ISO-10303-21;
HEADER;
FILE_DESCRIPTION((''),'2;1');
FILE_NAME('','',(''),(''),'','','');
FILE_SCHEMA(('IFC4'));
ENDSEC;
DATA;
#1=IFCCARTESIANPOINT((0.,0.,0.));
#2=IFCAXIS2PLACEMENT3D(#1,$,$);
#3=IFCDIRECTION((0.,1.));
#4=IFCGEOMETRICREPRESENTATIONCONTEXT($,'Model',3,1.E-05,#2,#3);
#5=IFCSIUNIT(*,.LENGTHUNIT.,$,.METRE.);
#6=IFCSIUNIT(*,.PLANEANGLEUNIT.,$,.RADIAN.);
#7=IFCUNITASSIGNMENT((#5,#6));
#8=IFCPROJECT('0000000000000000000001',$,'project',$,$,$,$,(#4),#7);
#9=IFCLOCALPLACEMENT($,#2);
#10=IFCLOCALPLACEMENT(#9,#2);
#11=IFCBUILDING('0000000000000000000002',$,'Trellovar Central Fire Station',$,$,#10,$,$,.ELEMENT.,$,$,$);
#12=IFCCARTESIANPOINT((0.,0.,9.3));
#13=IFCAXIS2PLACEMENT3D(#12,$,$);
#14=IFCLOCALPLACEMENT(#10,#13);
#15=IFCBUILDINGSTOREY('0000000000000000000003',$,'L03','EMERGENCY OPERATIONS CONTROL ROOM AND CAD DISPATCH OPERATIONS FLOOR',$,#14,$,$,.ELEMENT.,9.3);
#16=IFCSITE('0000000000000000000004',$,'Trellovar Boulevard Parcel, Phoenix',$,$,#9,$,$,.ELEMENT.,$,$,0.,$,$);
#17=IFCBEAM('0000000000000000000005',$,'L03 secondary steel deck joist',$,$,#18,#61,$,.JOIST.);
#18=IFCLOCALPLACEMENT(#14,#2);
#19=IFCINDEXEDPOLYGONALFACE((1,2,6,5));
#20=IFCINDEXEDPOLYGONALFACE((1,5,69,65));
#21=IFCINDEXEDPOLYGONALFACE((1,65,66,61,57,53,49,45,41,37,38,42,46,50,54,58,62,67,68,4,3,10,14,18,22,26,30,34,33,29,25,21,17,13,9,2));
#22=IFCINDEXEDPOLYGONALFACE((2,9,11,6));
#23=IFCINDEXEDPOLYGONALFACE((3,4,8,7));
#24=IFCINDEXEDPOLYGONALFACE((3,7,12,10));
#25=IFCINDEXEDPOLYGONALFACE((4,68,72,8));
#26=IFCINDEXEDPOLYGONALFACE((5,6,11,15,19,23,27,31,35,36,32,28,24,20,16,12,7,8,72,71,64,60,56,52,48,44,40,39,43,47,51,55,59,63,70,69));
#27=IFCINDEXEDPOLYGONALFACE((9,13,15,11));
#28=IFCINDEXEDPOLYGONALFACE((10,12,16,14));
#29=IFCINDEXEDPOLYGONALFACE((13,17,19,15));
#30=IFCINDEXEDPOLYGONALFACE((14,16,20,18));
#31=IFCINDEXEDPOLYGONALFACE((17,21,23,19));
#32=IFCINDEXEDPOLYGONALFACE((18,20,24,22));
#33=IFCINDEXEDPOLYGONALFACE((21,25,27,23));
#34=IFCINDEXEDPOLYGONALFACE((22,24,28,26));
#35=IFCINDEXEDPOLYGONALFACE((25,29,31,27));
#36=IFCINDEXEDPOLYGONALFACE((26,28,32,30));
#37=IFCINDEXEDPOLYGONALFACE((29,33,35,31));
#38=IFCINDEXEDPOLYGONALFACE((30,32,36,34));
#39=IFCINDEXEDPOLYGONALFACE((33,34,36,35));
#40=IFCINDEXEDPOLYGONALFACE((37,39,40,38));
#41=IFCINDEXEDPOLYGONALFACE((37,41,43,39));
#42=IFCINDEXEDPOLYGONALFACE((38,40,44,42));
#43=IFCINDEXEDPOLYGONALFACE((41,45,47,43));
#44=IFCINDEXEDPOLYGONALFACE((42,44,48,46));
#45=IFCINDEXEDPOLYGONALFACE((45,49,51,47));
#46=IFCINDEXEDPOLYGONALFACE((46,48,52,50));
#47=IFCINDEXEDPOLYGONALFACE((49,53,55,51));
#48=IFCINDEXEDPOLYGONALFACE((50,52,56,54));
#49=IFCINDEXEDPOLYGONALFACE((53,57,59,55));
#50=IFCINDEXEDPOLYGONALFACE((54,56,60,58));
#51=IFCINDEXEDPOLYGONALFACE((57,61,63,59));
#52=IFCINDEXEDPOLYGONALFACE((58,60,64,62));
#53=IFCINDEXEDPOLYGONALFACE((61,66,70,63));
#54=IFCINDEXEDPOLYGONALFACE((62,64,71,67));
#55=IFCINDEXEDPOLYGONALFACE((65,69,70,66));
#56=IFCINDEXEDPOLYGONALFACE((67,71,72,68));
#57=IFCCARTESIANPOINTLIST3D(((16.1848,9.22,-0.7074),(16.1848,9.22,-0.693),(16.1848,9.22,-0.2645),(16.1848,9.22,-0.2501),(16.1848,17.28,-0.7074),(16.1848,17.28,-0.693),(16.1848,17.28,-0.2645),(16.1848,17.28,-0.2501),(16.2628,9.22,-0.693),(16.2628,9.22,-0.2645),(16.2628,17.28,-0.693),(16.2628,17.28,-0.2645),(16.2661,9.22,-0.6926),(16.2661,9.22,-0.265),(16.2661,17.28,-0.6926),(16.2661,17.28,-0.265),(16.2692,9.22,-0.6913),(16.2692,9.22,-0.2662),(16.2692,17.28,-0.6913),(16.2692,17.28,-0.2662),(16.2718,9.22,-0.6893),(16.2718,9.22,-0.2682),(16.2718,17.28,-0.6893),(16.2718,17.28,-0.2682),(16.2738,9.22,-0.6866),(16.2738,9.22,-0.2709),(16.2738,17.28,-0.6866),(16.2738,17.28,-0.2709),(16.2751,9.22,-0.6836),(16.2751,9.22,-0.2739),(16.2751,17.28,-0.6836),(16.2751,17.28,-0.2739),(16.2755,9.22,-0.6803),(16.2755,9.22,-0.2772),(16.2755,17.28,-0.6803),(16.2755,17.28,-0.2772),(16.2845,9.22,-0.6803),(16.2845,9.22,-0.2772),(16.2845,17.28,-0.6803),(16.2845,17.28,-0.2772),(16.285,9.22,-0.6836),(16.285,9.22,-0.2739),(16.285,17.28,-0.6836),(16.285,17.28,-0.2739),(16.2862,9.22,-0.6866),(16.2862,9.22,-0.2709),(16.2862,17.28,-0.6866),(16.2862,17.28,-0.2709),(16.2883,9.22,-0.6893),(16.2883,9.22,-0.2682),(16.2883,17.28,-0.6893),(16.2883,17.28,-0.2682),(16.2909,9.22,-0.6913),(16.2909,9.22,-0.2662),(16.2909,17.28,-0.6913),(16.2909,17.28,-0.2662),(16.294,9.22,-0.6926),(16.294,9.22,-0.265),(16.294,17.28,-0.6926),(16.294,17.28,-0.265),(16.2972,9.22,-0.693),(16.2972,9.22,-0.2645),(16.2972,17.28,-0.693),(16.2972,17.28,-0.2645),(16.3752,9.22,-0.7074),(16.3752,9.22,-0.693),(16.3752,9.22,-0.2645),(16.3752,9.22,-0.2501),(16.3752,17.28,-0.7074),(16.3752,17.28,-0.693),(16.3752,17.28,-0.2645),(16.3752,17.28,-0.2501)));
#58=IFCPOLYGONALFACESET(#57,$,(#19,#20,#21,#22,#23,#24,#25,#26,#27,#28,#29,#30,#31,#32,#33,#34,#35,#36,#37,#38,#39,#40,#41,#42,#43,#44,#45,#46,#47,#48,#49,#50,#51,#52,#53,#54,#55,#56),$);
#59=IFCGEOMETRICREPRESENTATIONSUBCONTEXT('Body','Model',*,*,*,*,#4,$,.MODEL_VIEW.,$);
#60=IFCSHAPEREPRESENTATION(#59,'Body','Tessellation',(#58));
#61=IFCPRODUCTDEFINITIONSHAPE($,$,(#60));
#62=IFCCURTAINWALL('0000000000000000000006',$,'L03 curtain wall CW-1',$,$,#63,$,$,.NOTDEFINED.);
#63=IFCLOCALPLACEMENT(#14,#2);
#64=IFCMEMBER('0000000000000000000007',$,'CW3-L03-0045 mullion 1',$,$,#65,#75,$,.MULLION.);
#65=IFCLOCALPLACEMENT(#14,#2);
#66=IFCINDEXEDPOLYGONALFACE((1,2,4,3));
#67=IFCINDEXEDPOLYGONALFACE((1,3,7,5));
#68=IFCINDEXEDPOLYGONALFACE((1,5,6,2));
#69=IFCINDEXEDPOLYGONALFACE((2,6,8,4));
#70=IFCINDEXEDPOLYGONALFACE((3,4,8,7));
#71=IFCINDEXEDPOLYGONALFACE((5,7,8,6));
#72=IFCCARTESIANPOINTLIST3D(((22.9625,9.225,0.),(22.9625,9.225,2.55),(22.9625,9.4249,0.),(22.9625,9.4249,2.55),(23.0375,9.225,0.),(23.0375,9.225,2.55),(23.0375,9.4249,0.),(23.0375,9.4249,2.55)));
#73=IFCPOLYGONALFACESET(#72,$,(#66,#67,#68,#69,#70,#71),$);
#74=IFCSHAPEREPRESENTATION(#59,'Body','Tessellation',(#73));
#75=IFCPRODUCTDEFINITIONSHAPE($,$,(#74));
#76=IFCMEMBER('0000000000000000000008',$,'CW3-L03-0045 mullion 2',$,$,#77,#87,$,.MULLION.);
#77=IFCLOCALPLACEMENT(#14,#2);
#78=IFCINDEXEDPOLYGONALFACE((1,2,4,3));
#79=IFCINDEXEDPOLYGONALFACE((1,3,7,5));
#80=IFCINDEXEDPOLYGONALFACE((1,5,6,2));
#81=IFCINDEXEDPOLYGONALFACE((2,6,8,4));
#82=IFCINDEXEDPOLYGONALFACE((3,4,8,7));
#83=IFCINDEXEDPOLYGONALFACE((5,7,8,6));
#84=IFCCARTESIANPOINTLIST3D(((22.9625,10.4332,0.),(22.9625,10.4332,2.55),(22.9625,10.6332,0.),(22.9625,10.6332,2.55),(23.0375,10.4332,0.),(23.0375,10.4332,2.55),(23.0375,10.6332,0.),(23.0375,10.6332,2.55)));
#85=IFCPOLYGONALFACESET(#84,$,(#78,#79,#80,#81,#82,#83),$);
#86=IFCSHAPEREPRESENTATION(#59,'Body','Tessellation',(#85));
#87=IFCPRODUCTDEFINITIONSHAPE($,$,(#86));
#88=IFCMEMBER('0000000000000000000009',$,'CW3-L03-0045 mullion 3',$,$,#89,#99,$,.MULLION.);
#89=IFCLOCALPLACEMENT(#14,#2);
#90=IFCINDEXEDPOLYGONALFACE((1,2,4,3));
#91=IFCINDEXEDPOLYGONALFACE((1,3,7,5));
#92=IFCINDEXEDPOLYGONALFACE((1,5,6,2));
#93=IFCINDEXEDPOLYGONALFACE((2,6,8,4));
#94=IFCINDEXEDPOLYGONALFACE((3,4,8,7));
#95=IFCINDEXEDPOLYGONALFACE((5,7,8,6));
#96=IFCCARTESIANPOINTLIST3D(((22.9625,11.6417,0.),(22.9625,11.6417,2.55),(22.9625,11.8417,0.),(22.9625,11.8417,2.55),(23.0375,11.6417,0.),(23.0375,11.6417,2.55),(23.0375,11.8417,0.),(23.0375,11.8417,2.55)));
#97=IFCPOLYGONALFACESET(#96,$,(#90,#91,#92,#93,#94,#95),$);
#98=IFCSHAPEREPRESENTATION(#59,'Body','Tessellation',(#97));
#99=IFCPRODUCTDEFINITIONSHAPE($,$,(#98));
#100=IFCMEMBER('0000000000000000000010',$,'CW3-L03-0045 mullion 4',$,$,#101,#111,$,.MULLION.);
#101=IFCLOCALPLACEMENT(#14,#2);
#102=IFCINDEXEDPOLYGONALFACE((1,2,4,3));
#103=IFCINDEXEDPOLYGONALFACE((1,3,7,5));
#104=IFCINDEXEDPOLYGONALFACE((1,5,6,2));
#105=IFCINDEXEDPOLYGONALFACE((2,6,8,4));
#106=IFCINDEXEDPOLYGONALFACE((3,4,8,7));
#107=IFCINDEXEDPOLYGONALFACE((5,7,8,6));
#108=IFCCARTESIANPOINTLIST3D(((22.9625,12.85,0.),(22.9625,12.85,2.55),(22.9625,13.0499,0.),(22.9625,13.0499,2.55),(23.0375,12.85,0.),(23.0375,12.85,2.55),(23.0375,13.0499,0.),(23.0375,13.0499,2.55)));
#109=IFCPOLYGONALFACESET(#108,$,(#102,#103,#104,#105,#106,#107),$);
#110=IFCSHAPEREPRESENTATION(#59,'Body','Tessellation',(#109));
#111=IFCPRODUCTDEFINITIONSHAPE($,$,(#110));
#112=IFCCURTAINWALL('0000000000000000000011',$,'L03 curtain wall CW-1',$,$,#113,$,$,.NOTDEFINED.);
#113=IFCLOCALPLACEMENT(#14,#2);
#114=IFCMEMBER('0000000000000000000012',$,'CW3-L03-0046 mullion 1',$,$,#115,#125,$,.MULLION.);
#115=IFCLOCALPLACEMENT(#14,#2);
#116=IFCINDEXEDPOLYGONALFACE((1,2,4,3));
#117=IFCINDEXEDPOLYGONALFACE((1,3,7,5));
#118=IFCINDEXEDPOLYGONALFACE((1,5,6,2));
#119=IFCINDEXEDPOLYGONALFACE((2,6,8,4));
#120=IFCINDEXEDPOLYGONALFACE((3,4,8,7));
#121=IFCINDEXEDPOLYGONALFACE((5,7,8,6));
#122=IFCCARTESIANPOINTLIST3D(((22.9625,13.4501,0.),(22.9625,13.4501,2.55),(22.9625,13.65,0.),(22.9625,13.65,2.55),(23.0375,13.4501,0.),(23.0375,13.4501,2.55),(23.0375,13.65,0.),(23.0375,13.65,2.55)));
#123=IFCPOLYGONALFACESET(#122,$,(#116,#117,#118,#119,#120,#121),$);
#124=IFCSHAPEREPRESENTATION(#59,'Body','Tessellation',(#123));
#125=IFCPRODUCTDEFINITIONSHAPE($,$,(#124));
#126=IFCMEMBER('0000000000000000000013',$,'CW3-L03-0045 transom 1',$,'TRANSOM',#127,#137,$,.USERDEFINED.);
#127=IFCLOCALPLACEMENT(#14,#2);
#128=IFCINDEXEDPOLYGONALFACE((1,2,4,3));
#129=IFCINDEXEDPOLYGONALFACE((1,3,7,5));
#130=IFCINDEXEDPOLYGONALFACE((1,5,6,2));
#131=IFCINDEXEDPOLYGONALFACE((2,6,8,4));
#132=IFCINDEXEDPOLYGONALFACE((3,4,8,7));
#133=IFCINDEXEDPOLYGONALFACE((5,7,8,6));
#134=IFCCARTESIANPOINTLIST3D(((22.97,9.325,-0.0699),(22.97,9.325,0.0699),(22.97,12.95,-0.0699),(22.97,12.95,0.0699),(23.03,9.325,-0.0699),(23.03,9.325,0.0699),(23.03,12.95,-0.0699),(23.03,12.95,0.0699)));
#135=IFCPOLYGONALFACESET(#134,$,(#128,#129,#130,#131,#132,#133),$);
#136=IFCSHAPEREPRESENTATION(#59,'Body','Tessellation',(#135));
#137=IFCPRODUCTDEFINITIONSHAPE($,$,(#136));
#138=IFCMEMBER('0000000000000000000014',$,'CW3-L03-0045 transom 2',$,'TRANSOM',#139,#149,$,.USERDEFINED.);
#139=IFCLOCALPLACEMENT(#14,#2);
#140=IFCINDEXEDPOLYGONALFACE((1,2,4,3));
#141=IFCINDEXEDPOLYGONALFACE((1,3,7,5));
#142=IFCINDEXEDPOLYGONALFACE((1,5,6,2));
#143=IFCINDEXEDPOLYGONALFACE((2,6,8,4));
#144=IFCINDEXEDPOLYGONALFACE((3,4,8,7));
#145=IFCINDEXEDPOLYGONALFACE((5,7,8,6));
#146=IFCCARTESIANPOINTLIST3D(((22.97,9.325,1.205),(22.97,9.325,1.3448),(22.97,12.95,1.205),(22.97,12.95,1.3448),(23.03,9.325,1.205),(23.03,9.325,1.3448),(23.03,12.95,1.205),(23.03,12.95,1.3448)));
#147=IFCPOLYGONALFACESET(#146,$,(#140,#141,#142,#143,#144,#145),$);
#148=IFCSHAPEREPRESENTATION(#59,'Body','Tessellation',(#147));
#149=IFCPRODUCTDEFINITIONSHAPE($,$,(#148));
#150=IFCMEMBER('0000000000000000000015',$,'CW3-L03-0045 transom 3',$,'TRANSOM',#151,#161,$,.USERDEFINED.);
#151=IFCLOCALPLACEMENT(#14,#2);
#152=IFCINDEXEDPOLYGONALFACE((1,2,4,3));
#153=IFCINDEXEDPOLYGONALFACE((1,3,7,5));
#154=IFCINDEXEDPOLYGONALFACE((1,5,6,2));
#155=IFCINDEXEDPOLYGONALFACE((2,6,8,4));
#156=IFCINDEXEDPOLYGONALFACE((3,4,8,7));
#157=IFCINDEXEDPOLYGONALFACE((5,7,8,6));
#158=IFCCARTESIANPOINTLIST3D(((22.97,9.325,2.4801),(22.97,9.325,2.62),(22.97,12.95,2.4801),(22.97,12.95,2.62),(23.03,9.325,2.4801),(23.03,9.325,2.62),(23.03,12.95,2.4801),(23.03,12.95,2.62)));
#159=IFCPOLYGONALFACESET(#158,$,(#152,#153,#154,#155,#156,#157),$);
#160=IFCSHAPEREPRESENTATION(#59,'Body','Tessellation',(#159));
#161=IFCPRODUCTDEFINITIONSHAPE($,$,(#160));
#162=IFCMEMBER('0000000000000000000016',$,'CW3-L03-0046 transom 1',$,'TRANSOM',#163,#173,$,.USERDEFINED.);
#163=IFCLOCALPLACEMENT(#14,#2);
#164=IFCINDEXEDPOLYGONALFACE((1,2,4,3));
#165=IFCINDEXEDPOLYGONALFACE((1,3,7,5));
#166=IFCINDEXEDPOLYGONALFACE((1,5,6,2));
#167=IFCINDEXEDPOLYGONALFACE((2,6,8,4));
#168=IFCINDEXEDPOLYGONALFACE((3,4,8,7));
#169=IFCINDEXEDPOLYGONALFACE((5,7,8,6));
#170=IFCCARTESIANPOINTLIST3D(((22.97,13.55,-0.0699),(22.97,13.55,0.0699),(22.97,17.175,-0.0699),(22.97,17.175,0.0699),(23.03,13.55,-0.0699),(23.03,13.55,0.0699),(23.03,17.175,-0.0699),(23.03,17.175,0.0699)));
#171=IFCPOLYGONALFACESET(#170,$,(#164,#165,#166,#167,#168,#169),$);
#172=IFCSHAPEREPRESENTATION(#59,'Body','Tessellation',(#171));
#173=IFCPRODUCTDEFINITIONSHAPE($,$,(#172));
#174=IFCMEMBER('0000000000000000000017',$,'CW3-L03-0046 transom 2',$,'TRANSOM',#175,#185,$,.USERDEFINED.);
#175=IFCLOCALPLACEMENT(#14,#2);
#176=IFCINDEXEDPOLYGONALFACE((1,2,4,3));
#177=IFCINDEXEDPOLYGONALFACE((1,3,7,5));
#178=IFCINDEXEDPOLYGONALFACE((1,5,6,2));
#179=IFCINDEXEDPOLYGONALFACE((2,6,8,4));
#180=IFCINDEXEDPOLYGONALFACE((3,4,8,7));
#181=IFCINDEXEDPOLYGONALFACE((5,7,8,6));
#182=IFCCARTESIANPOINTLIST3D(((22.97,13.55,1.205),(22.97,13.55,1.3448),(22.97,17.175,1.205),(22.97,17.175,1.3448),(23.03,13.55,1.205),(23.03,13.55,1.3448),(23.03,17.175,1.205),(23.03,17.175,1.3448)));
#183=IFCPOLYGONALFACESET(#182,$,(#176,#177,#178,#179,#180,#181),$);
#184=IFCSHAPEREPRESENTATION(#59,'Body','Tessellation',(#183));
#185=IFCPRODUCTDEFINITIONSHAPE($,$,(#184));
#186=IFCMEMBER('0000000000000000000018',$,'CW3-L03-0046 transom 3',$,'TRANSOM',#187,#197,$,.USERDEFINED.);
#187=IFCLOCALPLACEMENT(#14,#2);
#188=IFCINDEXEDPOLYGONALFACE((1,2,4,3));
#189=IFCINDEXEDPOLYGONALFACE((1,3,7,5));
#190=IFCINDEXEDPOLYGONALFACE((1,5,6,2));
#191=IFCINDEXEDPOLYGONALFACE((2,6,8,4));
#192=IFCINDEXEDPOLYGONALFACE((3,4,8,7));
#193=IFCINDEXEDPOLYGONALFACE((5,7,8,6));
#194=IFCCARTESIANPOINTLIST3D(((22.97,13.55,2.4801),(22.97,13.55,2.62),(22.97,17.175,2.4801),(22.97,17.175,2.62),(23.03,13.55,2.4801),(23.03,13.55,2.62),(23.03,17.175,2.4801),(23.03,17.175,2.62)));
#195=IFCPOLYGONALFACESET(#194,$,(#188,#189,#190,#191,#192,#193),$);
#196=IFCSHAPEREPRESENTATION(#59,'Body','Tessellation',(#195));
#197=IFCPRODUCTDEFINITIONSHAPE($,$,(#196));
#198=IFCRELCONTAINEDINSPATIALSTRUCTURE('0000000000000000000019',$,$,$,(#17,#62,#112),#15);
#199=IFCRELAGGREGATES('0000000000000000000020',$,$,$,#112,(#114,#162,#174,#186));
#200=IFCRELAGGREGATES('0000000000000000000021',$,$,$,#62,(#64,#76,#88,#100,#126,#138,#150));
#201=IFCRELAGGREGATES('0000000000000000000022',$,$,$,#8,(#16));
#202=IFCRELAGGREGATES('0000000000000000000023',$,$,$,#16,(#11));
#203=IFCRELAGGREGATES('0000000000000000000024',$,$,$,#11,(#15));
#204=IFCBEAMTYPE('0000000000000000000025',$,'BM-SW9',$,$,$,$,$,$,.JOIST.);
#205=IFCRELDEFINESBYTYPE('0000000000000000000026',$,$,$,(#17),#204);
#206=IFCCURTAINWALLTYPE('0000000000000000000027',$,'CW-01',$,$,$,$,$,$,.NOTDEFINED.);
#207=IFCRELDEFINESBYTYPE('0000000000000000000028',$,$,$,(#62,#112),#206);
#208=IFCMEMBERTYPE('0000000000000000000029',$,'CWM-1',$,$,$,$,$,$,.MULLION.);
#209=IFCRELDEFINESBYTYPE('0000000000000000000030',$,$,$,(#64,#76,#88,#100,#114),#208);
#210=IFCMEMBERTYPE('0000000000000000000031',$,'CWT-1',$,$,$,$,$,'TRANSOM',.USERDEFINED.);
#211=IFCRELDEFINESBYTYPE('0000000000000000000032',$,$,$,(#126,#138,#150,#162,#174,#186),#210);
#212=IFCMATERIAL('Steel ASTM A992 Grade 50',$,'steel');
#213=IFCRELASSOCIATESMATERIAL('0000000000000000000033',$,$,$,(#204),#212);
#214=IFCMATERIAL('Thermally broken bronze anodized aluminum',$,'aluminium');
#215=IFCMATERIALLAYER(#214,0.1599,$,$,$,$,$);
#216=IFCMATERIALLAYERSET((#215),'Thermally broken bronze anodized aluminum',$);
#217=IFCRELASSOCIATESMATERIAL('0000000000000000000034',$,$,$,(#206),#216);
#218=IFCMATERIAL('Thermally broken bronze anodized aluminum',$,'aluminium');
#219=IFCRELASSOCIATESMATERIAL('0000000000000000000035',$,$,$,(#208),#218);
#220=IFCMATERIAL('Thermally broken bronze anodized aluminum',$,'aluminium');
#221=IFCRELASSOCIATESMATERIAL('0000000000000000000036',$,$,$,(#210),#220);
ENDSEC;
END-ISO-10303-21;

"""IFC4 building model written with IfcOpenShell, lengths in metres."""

from ifc_helpers import new_model, si_unit, direction, frame, origin, origin_2d, place, context, subcontext, project, spatial, rectangle, i_section, extrude, material, layer, layer_set, material_profile, profile_set, type_object, element, aggregate, save


model = new_model("IFC4")

# Units and contexts
model_context = context("Model", 3, precision=1e-05, world=origin(), true_north=direction((0.0, 1.0)))
body_context = subcontext(model_context, "Body", "Model", "MODEL_VIEW")
ifc_project = project(units=[si_unit("LENGTHUNIT", "METRE"), si_unit("PLANEANGLEUNIT", "RADIAN")], contexts=[model_context])

# Site, building, storey
site_placement = place(None, origin())
site = spatial("IfcSite", under=ifc_project, at=site_placement, Name="Trellovar Boulevard Parcel, Phoenix", CompositionType="ELEMENT", RefElevation=0.0)
building_placement = place(site_placement, origin())
building = spatial("IfcBuilding", under=site, at=building_placement, Name="Trellovar Central Fire Station", CompositionType="ELEMENT")
storey_placement = place(building_placement, frame((0.0, 0.0, 9.3)))
storey = spatial("IfcBuildingStorey", under=building, at=storey_placement, Name="L03", Description="EMERGENCY OPERATIONS CONTROL ROOM AND CAD DISPATCH OPERATIONS FLOOR", CompositionType="ELEMENT", Elevation=9.3)

# Beam
ifc_material_1 = material(Name="Steel ASTM A992 Grade 50", Category="steel")
ifc_material_profile_1 = material_profile(ifc_material_1, i_section(OverallWidth=0.1904, OverallDepth=0.4573, WebThickness=0.009, FlangeThickness=0.0144, FilletRadius=0.0127, at=origin_2d()), Name="W18X50")
ifc_profile_set_1 = profile_set([ifc_material_profile_1], Name="Steel ASTM A992 Grade 50")
beam_type_1 = type_object("IfcBeamType", Name="BM-SW9", PredefinedType="JOIST", material=ifc_profile_set_1)
beam_1_placement = place(storey_placement, frame((16.28, 9.22, -0.4788), z_axis=(0.0, 1.0, 0.0), x_axis=(-1.0, 0.0, 0.0)))
element("IfcBeam", 1, at=beam_1_placement, inside=storey, type_object=beam_type_1, Name="L03 secondary steel deck joist", PredefinedType="JOIST", context=body_context, shape_type="SweptSolid", body=[
    extrude(i_section(OverallWidth=0.1904, OverallDepth=0.4573, WebThickness=0.009, FlangeThickness=0.0144, FilletRadius=0.0127, at=origin_2d()), origin(), (0.0, 0.0, 1.0), 8.0601),
])

# Curtain wall, members
ifc_material_2 = material(Name="Thermally broken bronze anodized aluminum", Category="aluminium")
ifc_layer_1 = layer(ifc_material_2, 0.1599)
ifc_layer_set_1 = layer_set([ifc_layer_1], Name="Thermally broken bronze anodized aluminum")
curtain_wall_type = type_object("IfcCurtainWallType", Name="CW-01", PredefinedType="NOTDEFINED", material=ifc_layer_set_1)
curtain_wall_1_placement = place(storey_placement, origin())
curtain_wall_1 = element("IfcCurtainWall", 2, at=curtain_wall_1_placement, inside=storey, type_object=curtain_wall_type, Name="L03 curtain wall CW-1", PredefinedType="NOTDEFINED")
ifc_material_3 = material(Name="Thermally broken bronze anodized aluminum", Category="aluminium")
ifc_material_profile_2 = material_profile(ifc_material_3, rectangle(XDim=0.075, YDim=0.2, at=origin_2d()), Name="ALU75X200")
ifc_profile_set_2 = profile_set([ifc_material_profile_2], Name="Thermally broken bronze anodized aluminum")
member_type_1 = type_object("IfcMemberType", Name="CWM-1", PredefinedType="MULLION", material=ifc_profile_set_2)
member_1_placement = place(storey_placement, frame((23.0, 9.325, 0.0), z_axis=(0.0, 0.0, 1.0), x_axis=(1.0, 0.0, 0.0)))
member_1 = element("IfcMember", 3, at=member_1_placement, type_object=member_type_1, Name="CW3-L03-0045 mullion 1", PredefinedType="MULLION", context=body_context, shape_type="SweptSolid", body=[
    extrude(rectangle(XDim=0.075, YDim=0.2, at=origin_2d()), origin(), (0.0, 0.0, 1.0), 2.55),
])
member_2_placement = place(storey_placement, frame((23.0, 10.5332, 0.0), z_axis=(0.0, 0.0, 1.0), x_axis=(1.0, 0.0, 0.0)))
member_2 = element("IfcMember", 4, at=member_2_placement, type_object=member_type_1, Name="CW3-L03-0045 mullion 2", PredefinedType="MULLION", context=body_context, shape_type="SweptSolid", body=[
    extrude(rectangle(XDim=0.075, YDim=0.2, at=origin_2d()), origin(), (0.0, 0.0, 1.0), 2.55),
])
member_3_placement = place(storey_placement, frame((23.0, 11.7417, 0.0), z_axis=(0.0, 0.0, 1.0), x_axis=(1.0, 0.0, 0.0)))
member_3 = element("IfcMember", 5, at=member_3_placement, type_object=member_type_1, Name="CW3-L03-0045 mullion 3", PredefinedType="MULLION", context=body_context, shape_type="SweptSolid", body=[
    extrude(rectangle(XDim=0.075, YDim=0.2, at=origin_2d()), origin(), (0.0, 0.0, 1.0), 2.55),
])
member_4_placement = place(storey_placement, frame((23.0, 12.95, 0.0), z_axis=(0.0, 0.0, 1.0), x_axis=(1.0, 0.0, 0.0)))
member_4 = element("IfcMember", 6, at=member_4_placement, type_object=member_type_1, Name="CW3-L03-0045 mullion 4", PredefinedType="MULLION", context=body_context, shape_type="SweptSolid", body=[
    extrude(rectangle(XDim=0.075, YDim=0.2, at=origin_2d()), origin(), (0.0, 0.0, 1.0), 2.55),
])

# Curtain wall, member
curtain_wall_2_placement = place(storey_placement, origin())
curtain_wall_2 = element("IfcCurtainWall", 7, at=curtain_wall_2_placement, inside=storey, type_object=curtain_wall_type, Name="L03 curtain wall CW-1", PredefinedType="NOTDEFINED")
member_5_placement = place(storey_placement, frame((23.0, 13.55, 0.0), z_axis=(0.0, 0.0, 1.0), x_axis=(1.0, 0.0, 0.0)))
member_5 = element("IfcMember", 8, at=member_5_placement, type_object=member_type_1, Name="CW3-L03-0046 mullion 1", PredefinedType="MULLION", context=body_context, shape_type="SweptSolid", body=[
    extrude(rectangle(XDim=0.075, YDim=0.2, at=origin_2d()), origin(), (0.0, 0.0, 1.0), 2.55),
])

# Members
ifc_material_4 = material(Name="Thermally broken bronze anodized aluminum", Category="aluminium")
ifc_material_profile_3 = material_profile(ifc_material_4, rectangle(XDim=0.0601, YDim=0.1399, at=origin_2d()), Name="ALU60X140")
ifc_profile_set_3 = profile_set([ifc_material_profile_3], Name="Thermally broken bronze anodized aluminum")
member_type_2 = type_object("IfcMemberType", Name="CWT-1", ElementType="TRANSOM", PredefinedType="USERDEFINED", material=ifc_profile_set_3)
member_6_placement = place(storey_placement, frame((23.0, 9.325, 0.0), z_axis=(0.0, 1.0, 0.0), x_axis=(-1.0, 0.0, 0.0)))
member_6 = element("IfcMember", 9, at=member_6_placement, type_object=member_type_2, Name="CW3-L03-0045 transom 1", ObjectType="TRANSOM", PredefinedType="USERDEFINED", context=body_context, shape_type="SweptSolid", body=[
    extrude(rectangle(XDim=0.0601, YDim=0.1399, at=origin_2d()), origin(), (0.0, 0.0, 1.0), 3.625),
])
member_7_placement = place(storey_placement, frame((23.0, 9.325, 1.2749), z_axis=(0.0, 1.0, 0.0), x_axis=(-1.0, 0.0, 0.0)))
member_7 = element("IfcMember", 10, at=member_7_placement, type_object=member_type_2, Name="CW3-L03-0045 transom 2", ObjectType="TRANSOM", PredefinedType="USERDEFINED", context=body_context, shape_type="SweptSolid", body=[
    extrude(rectangle(XDim=0.0601, YDim=0.1399, at=origin_2d()), origin(), (0.0, 0.0, 1.0), 3.625),
])
member_8_placement = place(storey_placement, frame((23.0, 9.325, 2.55), z_axis=(0.0, 1.0, 0.0), x_axis=(-1.0, 0.0, 0.0)))
member_8 = element("IfcMember", 11, at=member_8_placement, type_object=member_type_2, Name="CW3-L03-0045 transom 3", ObjectType="TRANSOM", PredefinedType="USERDEFINED", context=body_context, shape_type="SweptSolid", body=[
    extrude(rectangle(XDim=0.0601, YDim=0.1399, at=origin_2d()), origin(), (0.0, 0.0, 1.0), 3.625),
])
member_9_placement = place(storey_placement, frame((23.0, 13.55, 0.0), z_axis=(0.0, 1.0, 0.0), x_axis=(-1.0, 0.0, 0.0)))
member_9 = element("IfcMember", 12, at=member_9_placement, type_object=member_type_2, Name="CW3-L03-0046 transom 1", ObjectType="TRANSOM", PredefinedType="USERDEFINED", context=body_context, shape_type="SweptSolid", body=[
    extrude(rectangle(XDim=0.0601, YDim=0.1399, at=origin_2d()), origin(), (0.0, 0.0, 1.0), 3.625),
])
member_10_placement = place(storey_placement, frame((23.0, 13.55, 1.2749), z_axis=(0.0, 1.0, 0.0), x_axis=(-1.0, 0.0, 0.0)))
member_10 = element("IfcMember", 13, at=member_10_placement, type_object=member_type_2, Name="CW3-L03-0046 transom 2", ObjectType="TRANSOM", PredefinedType="USERDEFINED", context=body_context, shape_type="SweptSolid", body=[
    extrude(rectangle(XDim=0.0601, YDim=0.1399, at=origin_2d()), origin(), (0.0, 0.0, 1.0), 3.625),
])
member_11_placement = place(storey_placement, frame((23.0, 13.55, 2.55), z_axis=(0.0, 1.0, 0.0), x_axis=(-1.0, 0.0, 0.0)))
member_11 = element("IfcMember", 14, at=member_11_placement, type_object=member_type_2, Name="CW3-L03-0046 transom 3", ObjectType="TRANSOM", PredefinedType="USERDEFINED", context=body_context, shape_type="SweptSolid", body=[
    extrude(rectangle(XDim=0.0601, YDim=0.1399, at=origin_2d()), origin(), (0.0, 0.0, 1.0), 3.625),
])

aggregate(curtain_wall_2, [member_5, member_9, member_10, member_11])
aggregate(curtain_wall_1, [member_1, member_2, member_3, member_4, member_6, member_7, member_8])

save(model, "model.ifc")
